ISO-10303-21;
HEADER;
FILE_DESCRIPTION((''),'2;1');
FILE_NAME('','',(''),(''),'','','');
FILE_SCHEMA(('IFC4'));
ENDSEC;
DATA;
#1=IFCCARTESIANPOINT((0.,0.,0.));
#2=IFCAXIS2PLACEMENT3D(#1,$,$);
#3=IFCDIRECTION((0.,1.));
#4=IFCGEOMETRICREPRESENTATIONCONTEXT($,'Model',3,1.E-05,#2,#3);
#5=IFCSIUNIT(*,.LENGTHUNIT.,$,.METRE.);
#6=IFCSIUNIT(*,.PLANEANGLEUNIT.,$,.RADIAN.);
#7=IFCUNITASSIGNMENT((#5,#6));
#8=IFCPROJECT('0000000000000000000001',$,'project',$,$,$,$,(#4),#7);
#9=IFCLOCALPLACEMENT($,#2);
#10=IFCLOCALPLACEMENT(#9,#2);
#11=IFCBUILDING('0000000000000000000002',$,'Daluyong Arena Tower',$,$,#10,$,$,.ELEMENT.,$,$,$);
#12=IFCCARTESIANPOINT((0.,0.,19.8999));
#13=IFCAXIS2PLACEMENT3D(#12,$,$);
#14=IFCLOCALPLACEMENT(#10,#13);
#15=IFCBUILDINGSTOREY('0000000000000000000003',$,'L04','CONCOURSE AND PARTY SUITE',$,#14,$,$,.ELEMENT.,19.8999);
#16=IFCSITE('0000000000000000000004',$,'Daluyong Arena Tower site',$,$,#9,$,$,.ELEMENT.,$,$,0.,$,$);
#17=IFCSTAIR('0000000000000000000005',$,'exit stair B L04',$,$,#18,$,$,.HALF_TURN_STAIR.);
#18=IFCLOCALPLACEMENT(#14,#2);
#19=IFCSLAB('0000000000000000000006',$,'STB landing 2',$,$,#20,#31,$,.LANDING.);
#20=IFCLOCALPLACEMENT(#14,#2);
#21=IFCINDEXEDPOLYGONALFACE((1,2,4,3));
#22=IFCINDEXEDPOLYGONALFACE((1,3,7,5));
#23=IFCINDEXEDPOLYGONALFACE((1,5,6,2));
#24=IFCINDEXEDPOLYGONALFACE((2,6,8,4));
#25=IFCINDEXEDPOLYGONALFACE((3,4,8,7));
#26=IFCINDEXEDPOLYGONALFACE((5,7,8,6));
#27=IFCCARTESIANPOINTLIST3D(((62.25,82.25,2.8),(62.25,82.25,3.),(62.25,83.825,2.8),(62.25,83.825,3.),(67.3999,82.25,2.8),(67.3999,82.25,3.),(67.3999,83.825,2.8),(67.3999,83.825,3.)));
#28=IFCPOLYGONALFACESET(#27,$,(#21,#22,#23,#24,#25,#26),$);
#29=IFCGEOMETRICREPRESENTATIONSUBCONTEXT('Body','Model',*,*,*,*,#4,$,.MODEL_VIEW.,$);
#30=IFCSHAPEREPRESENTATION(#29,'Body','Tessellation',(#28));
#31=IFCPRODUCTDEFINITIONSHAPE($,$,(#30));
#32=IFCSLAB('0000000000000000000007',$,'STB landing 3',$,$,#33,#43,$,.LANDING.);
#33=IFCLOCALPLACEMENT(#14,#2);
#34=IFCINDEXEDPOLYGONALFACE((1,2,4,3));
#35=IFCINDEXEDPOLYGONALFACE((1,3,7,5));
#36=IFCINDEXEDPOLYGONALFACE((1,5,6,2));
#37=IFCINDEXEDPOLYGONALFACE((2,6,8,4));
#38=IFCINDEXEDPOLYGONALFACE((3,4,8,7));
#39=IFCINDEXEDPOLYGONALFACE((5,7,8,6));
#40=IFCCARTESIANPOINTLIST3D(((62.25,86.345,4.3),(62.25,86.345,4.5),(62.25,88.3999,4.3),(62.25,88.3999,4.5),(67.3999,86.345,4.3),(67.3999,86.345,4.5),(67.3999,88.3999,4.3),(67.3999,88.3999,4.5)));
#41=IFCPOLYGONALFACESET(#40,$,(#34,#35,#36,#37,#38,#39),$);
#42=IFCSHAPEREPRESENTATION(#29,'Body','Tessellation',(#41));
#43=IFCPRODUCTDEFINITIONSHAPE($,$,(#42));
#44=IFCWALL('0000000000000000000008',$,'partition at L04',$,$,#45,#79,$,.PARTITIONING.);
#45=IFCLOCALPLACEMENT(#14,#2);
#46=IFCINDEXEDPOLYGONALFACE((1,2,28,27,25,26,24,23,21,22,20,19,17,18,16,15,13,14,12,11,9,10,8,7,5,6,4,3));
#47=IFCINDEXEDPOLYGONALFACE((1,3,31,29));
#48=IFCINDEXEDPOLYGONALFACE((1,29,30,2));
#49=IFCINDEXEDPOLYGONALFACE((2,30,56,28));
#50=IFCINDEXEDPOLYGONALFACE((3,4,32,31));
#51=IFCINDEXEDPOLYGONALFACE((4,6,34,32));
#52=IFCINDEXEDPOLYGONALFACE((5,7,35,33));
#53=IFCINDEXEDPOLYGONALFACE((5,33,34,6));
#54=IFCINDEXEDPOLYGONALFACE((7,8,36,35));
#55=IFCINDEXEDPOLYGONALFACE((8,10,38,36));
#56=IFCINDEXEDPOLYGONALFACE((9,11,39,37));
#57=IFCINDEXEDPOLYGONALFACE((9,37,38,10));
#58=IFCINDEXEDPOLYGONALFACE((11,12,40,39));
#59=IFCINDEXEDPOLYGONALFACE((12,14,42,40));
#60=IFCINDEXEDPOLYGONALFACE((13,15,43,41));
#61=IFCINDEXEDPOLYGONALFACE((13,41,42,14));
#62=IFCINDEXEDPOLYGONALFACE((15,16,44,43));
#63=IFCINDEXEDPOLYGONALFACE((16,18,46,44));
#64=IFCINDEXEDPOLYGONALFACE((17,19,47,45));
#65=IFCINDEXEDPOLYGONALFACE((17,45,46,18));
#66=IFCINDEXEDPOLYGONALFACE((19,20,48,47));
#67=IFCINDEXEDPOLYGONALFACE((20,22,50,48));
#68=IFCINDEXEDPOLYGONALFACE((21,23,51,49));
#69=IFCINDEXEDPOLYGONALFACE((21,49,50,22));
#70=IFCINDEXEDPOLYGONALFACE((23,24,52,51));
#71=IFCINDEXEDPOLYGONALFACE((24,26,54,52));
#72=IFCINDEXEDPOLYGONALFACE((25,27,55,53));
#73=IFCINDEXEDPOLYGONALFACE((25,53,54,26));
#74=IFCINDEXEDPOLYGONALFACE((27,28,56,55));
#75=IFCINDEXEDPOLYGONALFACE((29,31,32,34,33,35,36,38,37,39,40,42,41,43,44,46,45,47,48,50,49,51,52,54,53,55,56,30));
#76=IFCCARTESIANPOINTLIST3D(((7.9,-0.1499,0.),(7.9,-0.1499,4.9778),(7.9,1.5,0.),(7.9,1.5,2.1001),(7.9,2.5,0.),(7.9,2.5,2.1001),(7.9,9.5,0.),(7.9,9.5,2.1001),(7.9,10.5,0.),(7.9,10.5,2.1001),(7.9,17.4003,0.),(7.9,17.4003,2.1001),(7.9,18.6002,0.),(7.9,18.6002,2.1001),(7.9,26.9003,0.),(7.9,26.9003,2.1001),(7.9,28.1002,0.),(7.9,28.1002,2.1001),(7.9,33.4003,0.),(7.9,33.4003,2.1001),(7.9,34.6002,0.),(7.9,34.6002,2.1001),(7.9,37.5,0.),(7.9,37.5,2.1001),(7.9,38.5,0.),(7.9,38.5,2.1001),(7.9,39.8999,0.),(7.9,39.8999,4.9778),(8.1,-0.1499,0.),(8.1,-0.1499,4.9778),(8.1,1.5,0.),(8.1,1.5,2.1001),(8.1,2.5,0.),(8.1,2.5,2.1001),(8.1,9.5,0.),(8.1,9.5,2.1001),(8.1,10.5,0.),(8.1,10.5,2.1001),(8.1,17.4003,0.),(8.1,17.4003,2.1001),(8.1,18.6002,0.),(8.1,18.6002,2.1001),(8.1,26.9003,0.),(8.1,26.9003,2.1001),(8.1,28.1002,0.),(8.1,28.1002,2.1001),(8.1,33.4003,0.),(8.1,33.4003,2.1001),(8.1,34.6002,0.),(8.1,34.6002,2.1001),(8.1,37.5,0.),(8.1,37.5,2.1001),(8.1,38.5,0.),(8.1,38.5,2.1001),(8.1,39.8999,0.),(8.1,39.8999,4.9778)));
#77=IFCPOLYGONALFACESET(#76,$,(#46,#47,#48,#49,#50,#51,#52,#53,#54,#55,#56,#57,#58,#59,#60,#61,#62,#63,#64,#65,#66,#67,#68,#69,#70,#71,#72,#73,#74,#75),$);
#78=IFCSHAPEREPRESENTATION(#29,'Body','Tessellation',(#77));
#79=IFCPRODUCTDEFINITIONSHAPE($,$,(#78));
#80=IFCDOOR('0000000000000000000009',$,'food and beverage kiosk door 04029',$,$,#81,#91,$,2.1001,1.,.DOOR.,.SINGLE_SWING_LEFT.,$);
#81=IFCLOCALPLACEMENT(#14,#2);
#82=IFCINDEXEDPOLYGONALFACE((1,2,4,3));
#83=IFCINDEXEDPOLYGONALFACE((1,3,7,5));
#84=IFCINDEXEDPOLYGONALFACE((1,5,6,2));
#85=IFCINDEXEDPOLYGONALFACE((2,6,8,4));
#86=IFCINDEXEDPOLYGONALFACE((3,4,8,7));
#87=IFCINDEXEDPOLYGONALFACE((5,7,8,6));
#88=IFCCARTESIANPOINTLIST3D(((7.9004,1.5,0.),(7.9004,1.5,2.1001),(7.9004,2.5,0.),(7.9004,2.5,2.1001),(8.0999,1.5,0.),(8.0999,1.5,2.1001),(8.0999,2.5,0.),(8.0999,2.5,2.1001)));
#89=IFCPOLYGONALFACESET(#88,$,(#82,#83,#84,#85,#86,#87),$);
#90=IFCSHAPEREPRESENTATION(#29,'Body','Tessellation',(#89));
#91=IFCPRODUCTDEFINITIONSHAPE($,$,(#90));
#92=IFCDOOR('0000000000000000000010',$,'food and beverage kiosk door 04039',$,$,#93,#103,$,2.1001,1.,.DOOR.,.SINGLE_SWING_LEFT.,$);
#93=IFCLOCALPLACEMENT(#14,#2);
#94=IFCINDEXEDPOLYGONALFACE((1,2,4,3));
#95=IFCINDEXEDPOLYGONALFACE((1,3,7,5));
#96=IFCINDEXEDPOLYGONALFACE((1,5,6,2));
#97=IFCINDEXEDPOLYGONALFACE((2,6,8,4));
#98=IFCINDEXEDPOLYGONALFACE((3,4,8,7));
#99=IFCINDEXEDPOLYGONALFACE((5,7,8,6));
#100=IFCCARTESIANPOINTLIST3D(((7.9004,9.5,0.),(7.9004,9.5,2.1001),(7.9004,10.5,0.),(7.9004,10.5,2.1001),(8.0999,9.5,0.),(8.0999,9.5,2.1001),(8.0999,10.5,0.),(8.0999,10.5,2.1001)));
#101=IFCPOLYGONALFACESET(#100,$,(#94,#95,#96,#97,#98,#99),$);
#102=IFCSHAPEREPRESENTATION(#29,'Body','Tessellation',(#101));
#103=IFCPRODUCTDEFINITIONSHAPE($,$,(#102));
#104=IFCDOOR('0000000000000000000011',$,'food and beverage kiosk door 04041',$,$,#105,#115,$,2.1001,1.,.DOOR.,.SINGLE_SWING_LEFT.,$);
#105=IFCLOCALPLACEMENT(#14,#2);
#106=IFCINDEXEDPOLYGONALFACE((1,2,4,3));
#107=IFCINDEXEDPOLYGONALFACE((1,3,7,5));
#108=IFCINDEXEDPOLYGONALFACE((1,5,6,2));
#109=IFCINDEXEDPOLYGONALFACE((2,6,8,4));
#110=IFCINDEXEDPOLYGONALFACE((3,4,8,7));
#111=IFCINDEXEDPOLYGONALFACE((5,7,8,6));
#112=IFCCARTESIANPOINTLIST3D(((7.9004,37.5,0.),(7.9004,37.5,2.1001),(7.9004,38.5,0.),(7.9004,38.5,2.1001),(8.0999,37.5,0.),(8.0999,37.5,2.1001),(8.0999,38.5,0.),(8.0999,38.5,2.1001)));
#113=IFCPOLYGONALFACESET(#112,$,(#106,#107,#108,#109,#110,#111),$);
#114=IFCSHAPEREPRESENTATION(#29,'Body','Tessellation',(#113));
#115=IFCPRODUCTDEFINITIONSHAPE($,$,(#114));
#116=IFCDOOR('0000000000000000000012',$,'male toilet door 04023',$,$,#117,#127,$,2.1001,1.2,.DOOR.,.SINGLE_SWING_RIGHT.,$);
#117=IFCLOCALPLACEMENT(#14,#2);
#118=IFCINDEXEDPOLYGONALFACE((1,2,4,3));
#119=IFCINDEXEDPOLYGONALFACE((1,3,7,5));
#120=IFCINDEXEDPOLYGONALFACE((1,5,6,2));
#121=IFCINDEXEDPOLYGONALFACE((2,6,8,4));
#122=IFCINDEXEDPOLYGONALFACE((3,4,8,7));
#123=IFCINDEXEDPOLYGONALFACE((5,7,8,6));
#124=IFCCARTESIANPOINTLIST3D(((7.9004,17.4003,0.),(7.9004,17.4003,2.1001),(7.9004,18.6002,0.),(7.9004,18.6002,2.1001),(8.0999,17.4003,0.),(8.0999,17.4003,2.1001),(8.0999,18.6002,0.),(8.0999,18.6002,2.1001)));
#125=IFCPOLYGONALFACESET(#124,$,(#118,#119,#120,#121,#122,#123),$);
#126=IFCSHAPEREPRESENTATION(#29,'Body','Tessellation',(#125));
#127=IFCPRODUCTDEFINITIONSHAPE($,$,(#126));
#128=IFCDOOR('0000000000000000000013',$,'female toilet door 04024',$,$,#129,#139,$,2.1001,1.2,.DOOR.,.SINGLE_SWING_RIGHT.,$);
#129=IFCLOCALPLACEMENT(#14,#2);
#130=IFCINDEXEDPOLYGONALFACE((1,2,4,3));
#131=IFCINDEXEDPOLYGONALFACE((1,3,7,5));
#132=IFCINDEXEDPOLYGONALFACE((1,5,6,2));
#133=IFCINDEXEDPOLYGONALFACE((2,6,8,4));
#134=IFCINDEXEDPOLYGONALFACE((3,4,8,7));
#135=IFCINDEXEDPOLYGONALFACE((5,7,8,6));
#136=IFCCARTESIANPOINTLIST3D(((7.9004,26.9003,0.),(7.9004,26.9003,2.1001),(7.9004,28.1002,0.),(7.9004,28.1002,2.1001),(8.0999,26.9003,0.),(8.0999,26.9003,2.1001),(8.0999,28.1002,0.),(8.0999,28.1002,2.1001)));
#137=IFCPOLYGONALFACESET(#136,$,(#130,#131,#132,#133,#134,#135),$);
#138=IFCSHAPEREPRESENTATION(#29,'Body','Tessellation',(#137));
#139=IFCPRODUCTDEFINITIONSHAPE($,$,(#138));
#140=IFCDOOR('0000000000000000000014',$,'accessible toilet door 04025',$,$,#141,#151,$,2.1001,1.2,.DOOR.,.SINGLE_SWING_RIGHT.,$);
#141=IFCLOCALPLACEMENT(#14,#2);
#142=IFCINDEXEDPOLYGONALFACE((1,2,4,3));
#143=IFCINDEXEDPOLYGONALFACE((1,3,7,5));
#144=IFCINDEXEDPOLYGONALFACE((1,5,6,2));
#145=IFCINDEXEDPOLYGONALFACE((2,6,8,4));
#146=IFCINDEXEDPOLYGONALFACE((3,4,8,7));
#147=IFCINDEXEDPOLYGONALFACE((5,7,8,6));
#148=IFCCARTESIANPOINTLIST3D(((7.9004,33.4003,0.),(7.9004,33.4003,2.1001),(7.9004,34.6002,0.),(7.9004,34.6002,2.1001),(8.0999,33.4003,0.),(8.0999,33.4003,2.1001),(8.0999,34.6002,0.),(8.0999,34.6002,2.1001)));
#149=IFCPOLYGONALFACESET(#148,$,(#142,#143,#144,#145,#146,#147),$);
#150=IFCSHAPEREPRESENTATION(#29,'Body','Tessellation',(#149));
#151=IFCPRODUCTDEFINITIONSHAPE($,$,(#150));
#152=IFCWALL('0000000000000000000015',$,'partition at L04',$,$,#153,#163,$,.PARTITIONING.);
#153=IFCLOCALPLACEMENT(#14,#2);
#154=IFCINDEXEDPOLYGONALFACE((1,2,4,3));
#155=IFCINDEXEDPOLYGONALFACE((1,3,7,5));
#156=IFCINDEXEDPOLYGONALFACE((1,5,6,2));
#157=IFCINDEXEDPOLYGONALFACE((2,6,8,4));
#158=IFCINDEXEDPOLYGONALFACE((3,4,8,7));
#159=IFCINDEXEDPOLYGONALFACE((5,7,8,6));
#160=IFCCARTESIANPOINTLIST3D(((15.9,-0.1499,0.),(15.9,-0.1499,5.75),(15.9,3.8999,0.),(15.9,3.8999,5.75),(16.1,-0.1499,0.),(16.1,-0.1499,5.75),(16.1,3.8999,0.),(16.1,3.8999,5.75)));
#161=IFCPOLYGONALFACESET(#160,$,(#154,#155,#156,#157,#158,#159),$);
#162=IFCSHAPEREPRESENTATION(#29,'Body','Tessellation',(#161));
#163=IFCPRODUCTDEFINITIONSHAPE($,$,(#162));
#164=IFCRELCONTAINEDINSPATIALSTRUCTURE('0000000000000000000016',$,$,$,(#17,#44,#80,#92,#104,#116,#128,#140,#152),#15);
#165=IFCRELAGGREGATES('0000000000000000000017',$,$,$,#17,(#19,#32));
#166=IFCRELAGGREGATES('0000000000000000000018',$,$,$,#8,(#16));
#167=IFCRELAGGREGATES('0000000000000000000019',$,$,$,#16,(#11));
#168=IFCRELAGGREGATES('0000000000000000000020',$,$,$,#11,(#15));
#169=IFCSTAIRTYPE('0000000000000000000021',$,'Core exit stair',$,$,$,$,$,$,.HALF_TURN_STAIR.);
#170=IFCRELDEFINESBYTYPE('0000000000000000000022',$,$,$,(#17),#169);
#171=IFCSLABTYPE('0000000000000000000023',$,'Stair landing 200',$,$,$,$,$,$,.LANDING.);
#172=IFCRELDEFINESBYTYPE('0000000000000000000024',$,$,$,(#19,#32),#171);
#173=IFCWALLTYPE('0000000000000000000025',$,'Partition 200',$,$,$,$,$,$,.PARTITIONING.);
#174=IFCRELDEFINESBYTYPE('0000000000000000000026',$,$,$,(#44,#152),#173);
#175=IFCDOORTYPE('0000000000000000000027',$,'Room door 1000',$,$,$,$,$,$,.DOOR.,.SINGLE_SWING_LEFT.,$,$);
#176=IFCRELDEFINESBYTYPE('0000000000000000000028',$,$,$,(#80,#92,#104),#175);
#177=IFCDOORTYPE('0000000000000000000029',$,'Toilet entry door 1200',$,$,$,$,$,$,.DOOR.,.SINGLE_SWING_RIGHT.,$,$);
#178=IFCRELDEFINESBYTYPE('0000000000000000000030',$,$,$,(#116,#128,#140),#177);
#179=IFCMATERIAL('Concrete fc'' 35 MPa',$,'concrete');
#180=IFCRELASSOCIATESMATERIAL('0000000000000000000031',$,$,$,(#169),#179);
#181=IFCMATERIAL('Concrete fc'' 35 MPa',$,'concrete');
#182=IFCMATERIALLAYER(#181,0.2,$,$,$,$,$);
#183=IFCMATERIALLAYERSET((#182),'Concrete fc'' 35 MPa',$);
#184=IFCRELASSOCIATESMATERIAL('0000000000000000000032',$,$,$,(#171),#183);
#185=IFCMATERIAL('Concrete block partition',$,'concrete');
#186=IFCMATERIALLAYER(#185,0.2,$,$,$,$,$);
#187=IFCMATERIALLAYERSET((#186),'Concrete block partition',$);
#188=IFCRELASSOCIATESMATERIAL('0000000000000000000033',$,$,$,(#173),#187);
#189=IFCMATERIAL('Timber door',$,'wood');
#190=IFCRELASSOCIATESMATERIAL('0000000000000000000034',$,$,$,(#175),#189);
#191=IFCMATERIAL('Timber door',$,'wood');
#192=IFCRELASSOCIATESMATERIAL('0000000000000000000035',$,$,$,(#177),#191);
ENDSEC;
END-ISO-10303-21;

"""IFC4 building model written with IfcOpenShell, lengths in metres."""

from ifc_helpers import new_model, si_unit, direction, frame, frame_2d, origin, place, context, subcontext, project, spatial, polyline, rectangle, outline, extrude, material, layer, layer_set, type_object, element, fill, aggregate, save


model = new_model("IFC4")

# Units and contexts
model_context = context("Model", 3, precision=1e-05, world=origin(), true_north=direction((0.0, 1.0)))
body_context = subcontext(model_context, "Body", "Model", "MODEL_VIEW")
ifc_project = project(units=[si_unit("LENGTHUNIT", "METRE"), si_unit("PLANEANGLEUNIT", "RADIAN")], contexts=[model_context])

# Site, building, storey
site_placement = place(None, origin())
site = spatial("IfcSite", under=ifc_project, at=site_placement, Name="Daluyong Arena Tower site", CompositionType="ELEMENT", RefElevation=0.0)
building_placement = place(site_placement, origin())
building = spatial("IfcBuilding", under=site, at=building_placement, Name="Daluyong Arena Tower", CompositionType="ELEMENT")
storey_placement = place(building_placement, frame((0.0, 0.0, 19.8999)))
storey = spatial("IfcBuildingStorey", under=building, at=storey_placement, Name="L04", Description="CONCOURSE AND PARTY SUITE", CompositionType="ELEMENT", Elevation=19.8999)

# Stair, slabs
ifc_material_1 = material(Name="Concrete fc' 35 MPa", Category="concrete")
stair_type = type_object("IfcStairType", Name="Core exit stair", PredefinedType="HALF_TURN_STAIR", material=ifc_material_1)
ifc_material_2 = material(Name="Concrete fc' 35 MPa", Category="concrete")
ifc_layer_1 = layer(ifc_material_2, 0.2)
ifc_layer_set_1 = layer_set([ifc_layer_1], Name="Concrete fc' 35 MPa")
slab_type = type_object("IfcSlabType", Name="Stair landing 200", PredefinedType="LANDING", material=ifc_layer_set_1)
stair_1_placement = place(storey_placement, origin())
stair_1 = element("IfcStair", 1, at=stair_1_placement, inside=storey, type_object=stair_type, Name="exit stair B L04", PredefinedType="HALF_TURN_STAIR")
slab_1_placement = place(storey_placement, frame((0.0, 0.0, 2.8)))
slab_1 = element("IfcSlab", 2, at=slab_1_placement, type_object=slab_type, Name="STB landing 2", PredefinedType="LANDING", context=body_context, shape_type="SweptSolid", body=[
    extrude(outline(polyline([(62.25, 82.25), (67.3999, 82.25), (67.3999, 83.825), (62.25, 83.825), (62.25, 82.25)])), origin(), (0.0, 0.0, 1.0), 0.2),
])
slab_2_placement = place(storey_placement, frame((0.0, 0.0, 4.3)))
slab_2 = element("IfcSlab", 3, at=slab_2_placement, type_object=slab_type, Name="STB landing 3", PredefinedType="LANDING", context=body_context, shape_type="SweptSolid", body=[
    extrude(outline(polyline([(62.25, 86.345), (67.3999, 86.345), (67.3999, 88.3999), (62.25, 88.3999), (62.25, 86.345)])), origin(), (0.0, 0.0, 1.0), 0.2),
])
aggregate(stair_1, [slab_1, slab_2])

# Wall, openings, doors
ifc_material_3 = material(Name="Concrete block partition", Category="concrete")
ifc_layer_2 = layer(ifc_material_3, 0.2)
ifc_layer_set_2 = layer_set([ifc_layer_2], Name="Concrete block partition")
wall_type = type_object("IfcWallType", Name="Partition 200", PredefinedType="PARTITIONING", material=ifc_layer_set_2)
wall_1_placement = place(storey_placement, frame((8.0, -0.1499, 0.0), z_axis=(0.0, 0.0, 1.0), x_axis=(0.0, 1.0, 0.0)))
wall_1 = element("IfcWall", 4, at=wall_1_placement, inside=storey, type_object=wall_type, Name="partition at L04", PredefinedType="PARTITIONING", context=body_context, shape_type="SweptSolid", body=[
    extrude(rectangle(XDim=40.0498, YDim=0.2, at=frame_2d((20.0249, 0.0))), origin(), (0.0, 0.0, 1.0), 4.9778),
])
opening_1_placement = place(wall_1_placement, frame((17.55, 0.0, 0.0)))
opening_1 = element("IfcOpeningElement", 5, at=opening_1_placement, cuts=wall_1, PredefinedType="OPENING", context=body_context, shape_type="SweptSolid", body=[
    extrude(rectangle(XDim=1.2, YDim=2.1001, at=frame_2d((0.6001, 1.05))), frame((0.0, 0.1099, 0.0), z_axis=(0.0, -1.0, 0.0), x_axis=(1.0, 0.0, 0.0)), (0.0, 0.0, 1.0), 0.22),
])
opening_2_placement = place(wall_1_placement, frame((27.05, 0.0, 0.0)))
opening_2 = element("IfcOpeningElement", 6, at=opening_2_placement, cuts=wall_1, PredefinedType="OPENING", context=body_context, shape_type="SweptSolid", body=[
    extrude(rectangle(XDim=1.2, YDim=2.1001, at=frame_2d((0.6001, 1.05))), frame((0.0, 0.1099, 0.0), z_axis=(0.0, -1.0, 0.0), x_axis=(1.0, 0.0, 0.0)), (0.0, 0.0, 1.0), 0.22),
])
opening_3_placement = place(wall_1_placement, frame((33.55, 0.0, 0.0)))
opening_3 = element("IfcOpeningElement", 7, at=opening_3_placement, cuts=wall_1, PredefinedType="OPENING", context=body_context, shape_type="SweptSolid", body=[
    extrude(rectangle(XDim=1.2, YDim=2.1001, at=frame_2d((0.6001, 1.05))), frame((0.0, 0.1099, 0.0), z_axis=(0.0, -1.0, 0.0), x_axis=(1.0, 0.0, 0.0)), (0.0, 0.0, 1.0), 0.22),
])
opening_4_placement = place(wall_1_placement, frame((1.6499, 0.0, 0.0)))
opening_4 = element("IfcOpeningElement", 8, at=opening_4_placement, cuts=wall_1, PredefinedType="OPENING", context=body_context, shape_type="SweptSolid", body=[
    extrude(rectangle(XDim=1.0, YDim=2.1001, at=frame_2d((0.5, 1.05))), frame((0.0, 0.1099, 0.0), z_axis=(0.0, -1.0, 0.0), x_axis=(1.0, 0.0, 0.0)), (0.0, 0.0, 1.0), 0.22),
])
opening_5_placement = place(wall_1_placement, frame((9.6499, 0.0, 0.0)))
opening_5 = element("IfcOpeningElement", 9, at=opening_5_placement, cuts=wall_1, PredefinedType="OPENING", context=body_context, shape_type="SweptSolid", body=[
    extrude(rectangle(XDim=1.0, YDim=2.1001, at=frame_2d((0.5, 1.05))), frame((0.0, 0.1099, 0.0), z_axis=(0.0, -1.0, 0.0), x_axis=(1.0, 0.0, 0.0)), (0.0, 0.0, 1.0), 0.22),
])
opening_6_placement = place(wall_1_placement, frame((37.6499, 0.0, 0.0)))
opening_6 = element("IfcOpeningElement", 10, at=opening_6_placement, cuts=wall_1, PredefinedType="OPENING", context=body_context, shape_type="SweptSolid", body=[
    extrude(rectangle(XDim=1.0, YDim=2.1001, at=frame_2d((0.5, 1.05))), frame((0.0, 0.1099, 0.0), z_axis=(0.0, -1.0, 0.0), x_axis=(1.0, 0.0, 0.0)), (0.0, 0.0, 1.0), 0.22),
])
ifc_material_4 = material(Name="Timber door", Category="wood")
door_type_1 = type_object("IfcDoorType", Name="Room door 1000", OperationType="SINGLE_SWING_LEFT", PredefinedType="DOOR", material=ifc_material_4)
door_1_placement = place(opening_4_placement, origin())
door_1 = element("IfcDoor", 11, at=door_1_placement, inside=storey, type_object=door_type_1, Name="food and beverage kiosk door 04029", OperationType="SINGLE_SWING_LEFT", OverallHeight=2.1001, OverallWidth=1.0, PredefinedType="DOOR", context=body_context, shape_type="SweptSolid", body=[
    extrude(rectangle(XDim=1.0, YDim=2.1001, at=frame_2d((0.5, 1.05))), frame((0.0, 0.0996, 0.0), z_axis=(0.0, -1.0, 0.0), x_axis=(1.0, 0.0, 0.0)), (0.0, 0.0, 1.0), 0.1995),
])
fill(opening_4, door_1)
door_2_placement = place(opening_5_placement, origin())
door_2 = element("IfcDoor", 12, at=door_2_placement, inside=storey, type_object=door_type_1, Name="food and beverage kiosk door 04039", OperationType="SINGLE_SWING_LEFT", OverallHeight=2.1001, OverallWidth=1.0, PredefinedType="DOOR", context=body_context, shape_type="SweptSolid", body=[
    extrude(rectangle(XDim=1.0, YDim=2.1001, at=frame_2d((0.5, 1.05))), frame((0.0, 0.0996, 0.0), z_axis=(0.0, -1.0, 0.0), x_axis=(1.0, 0.0, 0.0)), (0.0, 0.0, 1.0), 0.1995),
])
fill(opening_5, door_2)
door_3_placement = place(opening_6_placement, origin())
door_3 = element("IfcDoor", 13, at=door_3_placement, inside=storey, type_object=door_type_1, Name="food and beverage kiosk door 04041", OperationType="SINGLE_SWING_LEFT", OverallHeight=2.1001, OverallWidth=1.0, PredefinedType="DOOR", context=body_context, shape_type="SweptSolid", body=[
    extrude(rectangle(XDim=1.0, YDim=2.1001, at=frame_2d((0.5, 1.05))), frame((0.0, 0.0996, 0.0), z_axis=(0.0, -1.0, 0.0), x_axis=(1.0, 0.0, 0.0)), (0.0, 0.0, 1.0), 0.1995),
])
fill(opening_6, door_3)
ifc_material_5 = material(Name="Timber door", Category="wood")
door_type_2 = type_object("IfcDoorType", Name="Toilet entry door 1200", OperationType="SINGLE_SWING_RIGHT", PredefinedType="DOOR", material=ifc_material_5)
door_4_placement = place(opening_1_placement, origin())
door_4 = element("IfcDoor", 14, at=door_4_placement, inside=storey, type_object=door_type_2, Name="male toilet door 04023", OperationType="SINGLE_SWING_RIGHT", OverallHeight=2.1001, OverallWidth=1.2, PredefinedType="DOOR", context=body_context, shape_type="SweptSolid", body=[
    extrude(rectangle(XDim=1.2, YDim=2.1001, at=frame_2d((0.6001, 1.05))), frame((0.0, 0.0996, 0.0), z_axis=(0.0, -1.0, 0.0), x_axis=(1.0, 0.0, 0.0)), (0.0, 0.0, 1.0), 0.1995),
])
fill(opening_1, door_4)
door_5_placement = place(opening_2_placement, origin())
door_5 = element("IfcDoor", 15, at=door_5_placement, inside=storey, type_object=door_type_2, Name="female toilet door 04024", OperationType="SINGLE_SWING_RIGHT", OverallHeight=2.1001, OverallWidth=1.2, PredefinedType="DOOR", context=body_context, shape_type="SweptSolid", body=[
    extrude(rectangle(XDim=1.2, YDim=2.1001, at=frame_2d((0.6001, 1.05))), frame((0.0, 0.0996, 0.0), z_axis=(0.0, -1.0, 0.0), x_axis=(1.0, 0.0, 0.0)), (0.0, 0.0, 1.0), 0.1995),
])
fill(opening_2, door_5)
door_6_placement = place(opening_3_placement, origin())
door_6 = element("IfcDoor", 16, at=door_6_placement, inside=storey, type_object=door_type_2, Name="accessible toilet door 04025", OperationType="SINGLE_SWING_RIGHT", OverallHeight=2.1001, OverallWidth=1.2, PredefinedType="DOOR", context=body_context, shape_type="SweptSolid", body=[
    extrude(rectangle(XDim=1.2, YDim=2.1001, at=frame_2d((0.6001, 1.05))), frame((0.0, 0.0996, 0.0), z_axis=(0.0, -1.0, 0.0), x_axis=(1.0, 0.0, 0.0)), (0.0, 0.0, 1.0), 0.1995),
])
fill(opening_3, door_6)

# Wall
wall_2_placement = place(storey_placement, frame((16.0, -0.1499, 0.0), z_axis=(0.0, 0.0, 1.0), x_axis=(0.0, 1.0, 0.0)))
element("IfcWall", 17, at=wall_2_placement, inside=storey, type_object=wall_type, Name="partition at L04", PredefinedType="PARTITIONING", context=body_context, shape_type="SweptSolid", body=[
    extrude(rectangle(XDim=4.0498, YDim=0.2, at=frame_2d((2.0249, 0.0))), origin(), (0.0, 0.0, 1.0), 5.75),
])

save(model, "model.ifc")
